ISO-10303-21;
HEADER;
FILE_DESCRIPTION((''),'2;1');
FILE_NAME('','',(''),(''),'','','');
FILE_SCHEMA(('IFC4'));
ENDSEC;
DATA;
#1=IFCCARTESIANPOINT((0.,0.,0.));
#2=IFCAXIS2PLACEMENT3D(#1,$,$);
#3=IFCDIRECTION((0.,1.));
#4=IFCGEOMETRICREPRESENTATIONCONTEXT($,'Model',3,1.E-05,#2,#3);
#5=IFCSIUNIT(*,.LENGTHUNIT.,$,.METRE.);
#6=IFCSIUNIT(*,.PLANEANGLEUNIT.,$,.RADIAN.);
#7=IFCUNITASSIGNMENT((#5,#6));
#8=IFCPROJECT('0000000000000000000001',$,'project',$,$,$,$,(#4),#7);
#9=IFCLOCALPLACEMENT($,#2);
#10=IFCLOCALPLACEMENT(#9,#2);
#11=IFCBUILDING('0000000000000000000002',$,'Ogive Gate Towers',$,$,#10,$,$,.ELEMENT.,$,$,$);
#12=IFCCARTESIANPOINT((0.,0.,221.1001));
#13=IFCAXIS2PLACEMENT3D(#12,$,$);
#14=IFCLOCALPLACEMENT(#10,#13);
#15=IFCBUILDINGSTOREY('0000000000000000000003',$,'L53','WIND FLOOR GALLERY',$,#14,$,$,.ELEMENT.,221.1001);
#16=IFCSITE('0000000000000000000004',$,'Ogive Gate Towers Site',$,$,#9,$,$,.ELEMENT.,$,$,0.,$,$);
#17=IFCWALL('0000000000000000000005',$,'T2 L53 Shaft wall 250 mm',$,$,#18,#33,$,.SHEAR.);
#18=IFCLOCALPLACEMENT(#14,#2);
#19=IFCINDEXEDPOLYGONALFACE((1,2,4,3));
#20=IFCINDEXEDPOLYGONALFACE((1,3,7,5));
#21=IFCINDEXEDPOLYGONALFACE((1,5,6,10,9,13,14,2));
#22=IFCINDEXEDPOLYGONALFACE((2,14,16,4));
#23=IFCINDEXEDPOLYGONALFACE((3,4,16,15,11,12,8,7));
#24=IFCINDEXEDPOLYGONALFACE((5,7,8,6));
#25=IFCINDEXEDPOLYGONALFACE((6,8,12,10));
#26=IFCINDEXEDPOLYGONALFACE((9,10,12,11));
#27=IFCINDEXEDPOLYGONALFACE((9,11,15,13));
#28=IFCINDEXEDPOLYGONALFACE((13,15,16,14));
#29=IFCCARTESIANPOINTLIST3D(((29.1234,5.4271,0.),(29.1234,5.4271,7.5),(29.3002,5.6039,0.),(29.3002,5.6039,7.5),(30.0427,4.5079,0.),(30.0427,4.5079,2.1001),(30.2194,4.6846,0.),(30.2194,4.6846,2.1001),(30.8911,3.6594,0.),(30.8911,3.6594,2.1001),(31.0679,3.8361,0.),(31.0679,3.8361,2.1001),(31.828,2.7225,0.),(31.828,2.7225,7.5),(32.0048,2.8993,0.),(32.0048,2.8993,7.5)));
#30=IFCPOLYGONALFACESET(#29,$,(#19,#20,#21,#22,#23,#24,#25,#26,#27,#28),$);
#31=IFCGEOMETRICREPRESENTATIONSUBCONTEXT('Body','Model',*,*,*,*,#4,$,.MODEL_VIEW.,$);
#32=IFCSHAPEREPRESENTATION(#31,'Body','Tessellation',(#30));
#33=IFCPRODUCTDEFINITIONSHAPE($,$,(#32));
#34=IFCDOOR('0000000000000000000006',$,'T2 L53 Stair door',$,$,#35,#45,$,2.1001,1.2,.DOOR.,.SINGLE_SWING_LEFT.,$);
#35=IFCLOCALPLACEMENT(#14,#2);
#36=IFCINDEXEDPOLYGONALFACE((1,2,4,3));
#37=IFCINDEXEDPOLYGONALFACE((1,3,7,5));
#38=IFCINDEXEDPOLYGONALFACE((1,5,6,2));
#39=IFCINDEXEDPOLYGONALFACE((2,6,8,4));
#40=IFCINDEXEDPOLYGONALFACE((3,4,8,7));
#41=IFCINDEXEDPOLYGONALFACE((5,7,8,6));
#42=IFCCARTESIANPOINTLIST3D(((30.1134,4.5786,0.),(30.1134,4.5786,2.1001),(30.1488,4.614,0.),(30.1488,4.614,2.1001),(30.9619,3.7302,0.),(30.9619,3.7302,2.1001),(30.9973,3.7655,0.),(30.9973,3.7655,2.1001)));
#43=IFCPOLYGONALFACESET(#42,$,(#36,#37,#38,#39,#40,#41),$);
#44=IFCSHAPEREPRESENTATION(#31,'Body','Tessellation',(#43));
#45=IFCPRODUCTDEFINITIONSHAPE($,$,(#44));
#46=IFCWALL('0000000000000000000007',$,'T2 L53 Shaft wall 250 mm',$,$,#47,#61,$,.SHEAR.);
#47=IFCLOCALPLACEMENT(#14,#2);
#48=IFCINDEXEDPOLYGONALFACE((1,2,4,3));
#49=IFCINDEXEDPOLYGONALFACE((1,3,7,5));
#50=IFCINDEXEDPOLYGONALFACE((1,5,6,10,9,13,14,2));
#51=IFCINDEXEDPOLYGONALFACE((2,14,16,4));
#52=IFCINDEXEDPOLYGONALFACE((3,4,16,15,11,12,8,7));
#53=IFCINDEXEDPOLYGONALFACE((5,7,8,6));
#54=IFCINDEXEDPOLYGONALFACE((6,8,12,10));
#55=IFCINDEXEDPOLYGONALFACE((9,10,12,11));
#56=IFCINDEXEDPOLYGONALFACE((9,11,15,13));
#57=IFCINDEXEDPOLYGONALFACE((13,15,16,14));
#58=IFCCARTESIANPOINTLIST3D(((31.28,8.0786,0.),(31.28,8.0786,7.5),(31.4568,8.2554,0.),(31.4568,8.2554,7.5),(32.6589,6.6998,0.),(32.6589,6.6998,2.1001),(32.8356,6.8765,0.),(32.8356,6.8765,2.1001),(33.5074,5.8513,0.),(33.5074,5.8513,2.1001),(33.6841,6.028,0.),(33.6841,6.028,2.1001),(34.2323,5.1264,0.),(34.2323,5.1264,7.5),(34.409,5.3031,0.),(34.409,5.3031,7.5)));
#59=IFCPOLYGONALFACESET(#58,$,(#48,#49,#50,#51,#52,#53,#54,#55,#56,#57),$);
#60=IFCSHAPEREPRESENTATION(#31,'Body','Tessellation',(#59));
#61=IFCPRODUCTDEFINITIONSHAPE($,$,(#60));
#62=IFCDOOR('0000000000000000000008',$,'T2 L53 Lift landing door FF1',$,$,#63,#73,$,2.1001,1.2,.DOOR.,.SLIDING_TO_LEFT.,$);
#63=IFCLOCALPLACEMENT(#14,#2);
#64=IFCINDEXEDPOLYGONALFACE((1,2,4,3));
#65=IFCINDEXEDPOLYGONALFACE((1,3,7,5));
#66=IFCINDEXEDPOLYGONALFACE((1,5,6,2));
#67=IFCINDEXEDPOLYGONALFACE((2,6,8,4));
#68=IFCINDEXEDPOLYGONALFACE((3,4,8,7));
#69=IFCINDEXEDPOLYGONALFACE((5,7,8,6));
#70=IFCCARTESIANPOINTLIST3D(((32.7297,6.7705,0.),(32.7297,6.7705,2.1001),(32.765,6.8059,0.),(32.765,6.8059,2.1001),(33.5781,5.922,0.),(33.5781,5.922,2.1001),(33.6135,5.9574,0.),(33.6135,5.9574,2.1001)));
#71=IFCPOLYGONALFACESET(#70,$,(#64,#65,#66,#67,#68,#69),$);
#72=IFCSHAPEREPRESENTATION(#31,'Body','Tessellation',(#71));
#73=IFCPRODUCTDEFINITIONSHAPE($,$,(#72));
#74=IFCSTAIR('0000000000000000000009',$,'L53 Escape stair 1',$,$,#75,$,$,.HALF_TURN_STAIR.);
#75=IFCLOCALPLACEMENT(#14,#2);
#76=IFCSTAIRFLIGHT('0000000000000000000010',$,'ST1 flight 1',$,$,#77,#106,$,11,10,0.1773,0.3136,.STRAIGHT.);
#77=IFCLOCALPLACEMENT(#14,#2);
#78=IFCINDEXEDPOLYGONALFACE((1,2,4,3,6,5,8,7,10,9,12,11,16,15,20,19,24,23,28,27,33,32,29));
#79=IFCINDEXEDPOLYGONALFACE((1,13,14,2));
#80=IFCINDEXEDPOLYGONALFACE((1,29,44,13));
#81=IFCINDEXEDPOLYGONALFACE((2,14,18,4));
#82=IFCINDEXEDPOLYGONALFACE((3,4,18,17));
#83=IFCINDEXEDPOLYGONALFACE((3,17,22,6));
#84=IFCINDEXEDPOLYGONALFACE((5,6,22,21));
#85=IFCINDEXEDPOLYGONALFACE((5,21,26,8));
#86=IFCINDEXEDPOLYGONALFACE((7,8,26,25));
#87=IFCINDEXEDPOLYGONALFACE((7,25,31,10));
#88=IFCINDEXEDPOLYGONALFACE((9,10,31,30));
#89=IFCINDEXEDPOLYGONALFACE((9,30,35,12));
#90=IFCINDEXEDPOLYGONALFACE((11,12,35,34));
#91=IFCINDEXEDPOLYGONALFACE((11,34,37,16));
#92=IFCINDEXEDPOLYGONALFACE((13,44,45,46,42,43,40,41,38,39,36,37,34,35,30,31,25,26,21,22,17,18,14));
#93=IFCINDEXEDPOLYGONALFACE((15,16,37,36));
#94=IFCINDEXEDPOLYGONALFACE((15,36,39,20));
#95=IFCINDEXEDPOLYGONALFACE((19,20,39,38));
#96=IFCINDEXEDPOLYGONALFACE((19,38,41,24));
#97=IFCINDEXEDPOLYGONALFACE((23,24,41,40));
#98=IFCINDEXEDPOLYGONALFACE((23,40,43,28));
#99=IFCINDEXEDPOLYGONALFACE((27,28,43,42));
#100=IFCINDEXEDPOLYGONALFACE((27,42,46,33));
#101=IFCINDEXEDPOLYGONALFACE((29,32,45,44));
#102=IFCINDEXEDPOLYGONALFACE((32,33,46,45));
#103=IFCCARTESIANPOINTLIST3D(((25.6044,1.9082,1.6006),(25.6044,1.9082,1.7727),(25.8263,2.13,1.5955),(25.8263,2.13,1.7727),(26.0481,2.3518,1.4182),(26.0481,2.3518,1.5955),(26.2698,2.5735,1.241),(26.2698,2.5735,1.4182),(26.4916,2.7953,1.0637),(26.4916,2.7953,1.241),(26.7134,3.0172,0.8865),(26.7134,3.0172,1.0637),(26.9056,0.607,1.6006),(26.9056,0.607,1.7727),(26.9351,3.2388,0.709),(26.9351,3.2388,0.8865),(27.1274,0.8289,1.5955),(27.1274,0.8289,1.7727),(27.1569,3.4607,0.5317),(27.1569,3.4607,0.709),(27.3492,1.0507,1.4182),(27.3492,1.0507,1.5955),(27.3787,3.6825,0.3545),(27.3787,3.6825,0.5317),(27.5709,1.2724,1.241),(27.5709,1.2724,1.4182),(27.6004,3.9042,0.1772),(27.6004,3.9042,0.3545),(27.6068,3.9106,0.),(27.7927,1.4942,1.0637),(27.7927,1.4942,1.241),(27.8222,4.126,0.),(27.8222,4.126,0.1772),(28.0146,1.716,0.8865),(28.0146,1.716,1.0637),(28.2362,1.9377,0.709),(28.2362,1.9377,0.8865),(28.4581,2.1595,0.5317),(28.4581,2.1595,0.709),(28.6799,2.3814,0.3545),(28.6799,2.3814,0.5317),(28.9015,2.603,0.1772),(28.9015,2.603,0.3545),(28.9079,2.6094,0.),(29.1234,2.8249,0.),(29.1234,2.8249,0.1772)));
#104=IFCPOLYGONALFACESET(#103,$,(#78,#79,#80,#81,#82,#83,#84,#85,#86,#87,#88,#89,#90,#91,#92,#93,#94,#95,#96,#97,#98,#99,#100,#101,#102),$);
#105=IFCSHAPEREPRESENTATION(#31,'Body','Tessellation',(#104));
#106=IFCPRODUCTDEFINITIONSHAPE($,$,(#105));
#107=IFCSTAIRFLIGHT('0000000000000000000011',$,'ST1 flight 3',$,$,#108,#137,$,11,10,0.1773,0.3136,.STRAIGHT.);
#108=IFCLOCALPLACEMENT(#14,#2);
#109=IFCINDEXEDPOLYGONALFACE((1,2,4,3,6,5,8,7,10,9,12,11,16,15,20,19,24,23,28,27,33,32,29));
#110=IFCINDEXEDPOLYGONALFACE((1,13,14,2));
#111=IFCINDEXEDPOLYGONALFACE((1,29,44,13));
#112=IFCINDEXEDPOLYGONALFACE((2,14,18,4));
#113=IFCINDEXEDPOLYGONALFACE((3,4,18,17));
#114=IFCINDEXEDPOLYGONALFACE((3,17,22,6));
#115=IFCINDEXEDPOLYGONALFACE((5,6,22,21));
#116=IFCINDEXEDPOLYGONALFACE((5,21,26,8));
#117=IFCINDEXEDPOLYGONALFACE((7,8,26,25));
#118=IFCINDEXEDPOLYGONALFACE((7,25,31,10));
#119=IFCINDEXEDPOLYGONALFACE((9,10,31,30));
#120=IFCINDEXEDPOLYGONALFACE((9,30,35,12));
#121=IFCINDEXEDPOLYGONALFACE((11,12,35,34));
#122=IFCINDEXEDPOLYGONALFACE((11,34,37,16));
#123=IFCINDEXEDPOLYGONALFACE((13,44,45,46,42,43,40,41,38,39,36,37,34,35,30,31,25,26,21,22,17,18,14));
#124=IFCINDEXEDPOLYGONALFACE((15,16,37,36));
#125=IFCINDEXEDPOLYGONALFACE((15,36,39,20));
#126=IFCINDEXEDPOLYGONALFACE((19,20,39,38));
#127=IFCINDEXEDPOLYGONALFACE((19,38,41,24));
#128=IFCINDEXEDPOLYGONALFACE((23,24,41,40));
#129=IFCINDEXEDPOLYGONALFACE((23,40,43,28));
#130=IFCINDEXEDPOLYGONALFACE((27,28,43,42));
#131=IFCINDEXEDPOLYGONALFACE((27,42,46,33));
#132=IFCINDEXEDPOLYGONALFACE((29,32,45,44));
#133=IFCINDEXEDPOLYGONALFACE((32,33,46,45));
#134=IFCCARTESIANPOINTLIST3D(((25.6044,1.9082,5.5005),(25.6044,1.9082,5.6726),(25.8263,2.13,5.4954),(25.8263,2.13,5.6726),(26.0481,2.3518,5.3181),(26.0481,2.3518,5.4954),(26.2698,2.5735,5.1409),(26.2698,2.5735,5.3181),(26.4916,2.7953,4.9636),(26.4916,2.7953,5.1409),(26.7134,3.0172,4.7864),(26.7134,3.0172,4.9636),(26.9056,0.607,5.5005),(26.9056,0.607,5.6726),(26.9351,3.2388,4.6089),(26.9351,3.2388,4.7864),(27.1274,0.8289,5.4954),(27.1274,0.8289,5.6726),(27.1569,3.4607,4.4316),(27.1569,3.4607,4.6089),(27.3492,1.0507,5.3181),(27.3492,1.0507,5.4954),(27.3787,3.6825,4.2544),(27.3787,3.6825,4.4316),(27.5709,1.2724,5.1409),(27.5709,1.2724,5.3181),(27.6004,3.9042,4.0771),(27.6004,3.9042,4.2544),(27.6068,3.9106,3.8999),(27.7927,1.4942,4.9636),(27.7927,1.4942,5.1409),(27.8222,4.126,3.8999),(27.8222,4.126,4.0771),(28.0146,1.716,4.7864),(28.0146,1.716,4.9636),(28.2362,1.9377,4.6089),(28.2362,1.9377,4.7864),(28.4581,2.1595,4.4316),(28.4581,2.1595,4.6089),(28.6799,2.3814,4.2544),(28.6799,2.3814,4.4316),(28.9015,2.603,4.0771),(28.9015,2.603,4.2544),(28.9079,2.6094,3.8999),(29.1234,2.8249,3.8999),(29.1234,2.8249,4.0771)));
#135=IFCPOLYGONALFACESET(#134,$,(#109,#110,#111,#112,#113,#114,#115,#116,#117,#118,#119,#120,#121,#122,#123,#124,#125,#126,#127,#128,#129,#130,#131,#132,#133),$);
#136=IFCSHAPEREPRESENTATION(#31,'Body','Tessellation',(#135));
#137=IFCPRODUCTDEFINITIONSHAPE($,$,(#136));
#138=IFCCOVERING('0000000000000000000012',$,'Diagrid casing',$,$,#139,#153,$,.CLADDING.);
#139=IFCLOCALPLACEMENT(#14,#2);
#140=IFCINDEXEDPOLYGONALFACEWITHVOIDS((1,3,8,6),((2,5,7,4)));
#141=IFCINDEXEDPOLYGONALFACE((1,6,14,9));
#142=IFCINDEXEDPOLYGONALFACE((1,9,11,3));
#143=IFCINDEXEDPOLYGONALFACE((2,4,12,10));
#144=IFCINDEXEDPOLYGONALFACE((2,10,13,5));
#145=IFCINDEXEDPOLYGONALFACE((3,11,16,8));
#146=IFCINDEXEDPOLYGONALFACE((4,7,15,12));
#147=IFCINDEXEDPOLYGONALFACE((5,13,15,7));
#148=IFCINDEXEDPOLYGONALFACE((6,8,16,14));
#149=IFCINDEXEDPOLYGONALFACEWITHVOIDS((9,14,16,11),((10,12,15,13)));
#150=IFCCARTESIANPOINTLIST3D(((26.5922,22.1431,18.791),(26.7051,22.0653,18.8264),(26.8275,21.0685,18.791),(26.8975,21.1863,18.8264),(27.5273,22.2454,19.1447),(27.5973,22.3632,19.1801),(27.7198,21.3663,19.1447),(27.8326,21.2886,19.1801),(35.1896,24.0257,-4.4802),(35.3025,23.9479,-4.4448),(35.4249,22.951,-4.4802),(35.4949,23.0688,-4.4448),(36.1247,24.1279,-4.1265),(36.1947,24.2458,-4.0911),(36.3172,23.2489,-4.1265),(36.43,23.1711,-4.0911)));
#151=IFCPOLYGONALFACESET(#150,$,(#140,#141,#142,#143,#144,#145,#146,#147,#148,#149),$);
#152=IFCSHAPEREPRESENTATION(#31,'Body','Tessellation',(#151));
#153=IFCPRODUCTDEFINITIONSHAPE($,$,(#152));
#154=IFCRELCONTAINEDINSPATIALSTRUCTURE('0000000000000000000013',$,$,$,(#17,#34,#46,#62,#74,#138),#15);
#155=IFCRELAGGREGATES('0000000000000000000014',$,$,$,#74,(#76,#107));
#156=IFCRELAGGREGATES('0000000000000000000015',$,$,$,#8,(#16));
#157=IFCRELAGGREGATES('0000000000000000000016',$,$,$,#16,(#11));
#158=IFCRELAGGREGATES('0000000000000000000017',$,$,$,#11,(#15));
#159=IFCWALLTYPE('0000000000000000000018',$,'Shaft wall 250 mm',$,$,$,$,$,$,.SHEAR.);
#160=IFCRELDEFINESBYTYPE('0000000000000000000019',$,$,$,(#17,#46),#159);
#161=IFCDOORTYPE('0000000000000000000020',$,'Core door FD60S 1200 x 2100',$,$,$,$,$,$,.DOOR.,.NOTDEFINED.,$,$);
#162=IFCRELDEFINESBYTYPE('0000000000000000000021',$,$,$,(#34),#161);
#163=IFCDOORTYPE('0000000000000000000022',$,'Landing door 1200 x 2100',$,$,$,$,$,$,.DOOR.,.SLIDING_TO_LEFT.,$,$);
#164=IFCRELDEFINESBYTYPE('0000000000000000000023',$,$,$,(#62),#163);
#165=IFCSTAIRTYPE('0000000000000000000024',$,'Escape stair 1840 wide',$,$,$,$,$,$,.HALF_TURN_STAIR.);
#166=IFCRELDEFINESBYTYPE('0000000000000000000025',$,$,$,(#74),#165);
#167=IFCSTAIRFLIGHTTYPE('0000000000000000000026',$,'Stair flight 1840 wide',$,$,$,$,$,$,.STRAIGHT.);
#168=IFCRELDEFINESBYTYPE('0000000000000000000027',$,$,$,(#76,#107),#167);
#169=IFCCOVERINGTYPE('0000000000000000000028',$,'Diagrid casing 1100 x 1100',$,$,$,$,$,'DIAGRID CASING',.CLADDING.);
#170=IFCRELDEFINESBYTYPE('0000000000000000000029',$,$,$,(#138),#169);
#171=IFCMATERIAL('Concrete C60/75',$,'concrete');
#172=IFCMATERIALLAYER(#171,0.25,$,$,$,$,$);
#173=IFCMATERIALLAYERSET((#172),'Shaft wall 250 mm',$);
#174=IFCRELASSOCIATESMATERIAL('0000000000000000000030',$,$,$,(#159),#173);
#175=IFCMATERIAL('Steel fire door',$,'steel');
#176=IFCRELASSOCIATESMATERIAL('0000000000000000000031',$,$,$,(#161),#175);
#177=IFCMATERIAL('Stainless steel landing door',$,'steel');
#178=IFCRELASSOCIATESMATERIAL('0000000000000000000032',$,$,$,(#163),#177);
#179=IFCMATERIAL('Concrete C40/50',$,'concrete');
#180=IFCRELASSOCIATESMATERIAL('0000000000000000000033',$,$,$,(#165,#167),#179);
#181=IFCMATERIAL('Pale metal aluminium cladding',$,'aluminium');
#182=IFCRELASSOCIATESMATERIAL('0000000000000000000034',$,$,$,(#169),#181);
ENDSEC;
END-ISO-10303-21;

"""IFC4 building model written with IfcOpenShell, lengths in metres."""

from ifc_helpers import new_model, si_unit, direction, frame, frame_2d, origin, origin_2d, place, context, subcontext, project, spatial, polyline, rectangle, hollow_rectangle, outline, extrude, material, layer, layer_set, material_profile, profile_set, type_object, element, fill, aggregate, save


model = new_model("IFC4")

# Units and contexts
model_context = context("Model", 3, precision=1e-05, world=origin(), true_north=direction((0.0, 1.0)))
body_context = subcontext(model_context, "Body", "Model", "MODEL_VIEW")
ifc_project = project(units=[si_unit("LENGTHUNIT", "METRE"), si_unit("PLANEANGLEUNIT", "RADIAN")], contexts=[model_context])

# Site, building, storey
site_placement = place(None, origin())
site = spatial("IfcSite", under=ifc_project, at=site_placement, Name="Ogive Gate Towers Site", CompositionType="ELEMENT", RefElevation=0.0)
building_placement = place(site_placement, origin())
building = spatial("IfcBuilding", under=site, at=building_placement, Name="Ogive Gate Towers", CompositionType="ELEMENT")
storey_placement = place(building_placement, frame((0.0, 0.0, 221.1001)))
storey = spatial("IfcBuildingStorey", under=building, at=storey_placement, Name="L53", Description="WIND FLOOR GALLERY", CompositionType="ELEMENT", Elevation=221.1001)

# Shared definitions
ifc_material_1 = material(Name="Concrete C40/50", Category="concrete")

# Shared definitions
ifc_material_2 = material(Name="Concrete C60/75", Category="concrete")
ifc_layer = layer(ifc_material_2, 0.25)
ifc_layer_set = layer_set([ifc_layer], Name="Shaft wall 250 mm")
wall_type = type_object("IfcWallType", Name="Shaft wall 250 mm", PredefinedType="SHEAR", material=ifc_layer_set)

# Walls, openings, doors
wall_1_placement = place(storey_placement, frame((31.9165, 2.8108, 0.0), z_axis=(0.0, 0.0, 1.0), x_axis=(-0.707107, 0.707107, 0.0)))
wall_1 = element("IfcWall", 1, at=wall_1_placement, inside=storey, type_object=wall_type, Name="T2 L53 Shaft wall 250 mm", PredefinedType="SHEAR", context=body_context, shape_type="SweptSolid", body=[
    extrude(rectangle(XDim=3.825, YDim=0.25, at=frame_2d((1.9126, 0.0))), origin(), (0.0, 0.0, 1.0), 7.5),
])
opening_1_placement = place(wall_1_placement, frame((1.325, 0.0, 0.0)))
opening_1 = element("IfcOpeningElement", 2, at=opening_1_placement, cuts=wall_1, PredefinedType="OPENING", context=body_context, shape_type="SweptSolid", body=[
    extrude(rectangle(XDim=1.2, YDim=2.1001, at=frame_2d((0.6001, 1.05))), frame((0.0, 0.135, 0.0), z_axis=(0.0, -1.0, 0.0), x_axis=(1.0, 0.0, 0.0)), (0.0, 0.0, 1.0), 0.27),
])
ifc_material_3 = material(Name="Steel fire door", Category="steel")
door_type_1 = type_object("IfcDoorType", Name="Core door FD60S 1200 x 2100", OperationType="NOTDEFINED", PredefinedType="DOOR", material=ifc_material_3)
door_1_placement = place(opening_1_placement, origin())
door_1 = element("IfcDoor", 3, at=door_1_placement, inside=storey, type_object=door_type_1, Name="T2 L53 Stair door", OperationType="SINGLE_SWING_LEFT", OverallHeight=2.1001, OverallWidth=1.2, PredefinedType="DOOR", context=body_context, shape_type="SweptSolid", body=[
    extrude(rectangle(XDim=1.2, YDim=2.1001, at=frame_2d((0.6001, 1.05))), frame((0.0, 0.0249, 0.0), z_axis=(0.0, -1.0, 0.0), x_axis=(1.0, 0.0, 0.0)), (0.0, 0.0, 1.0), 0.05),
])
fill(opening_1, door_1)
wall_2_placement = place(storey_placement, frame((34.3206, 5.2148, 0.0), z_axis=(0.0, 0.0, 1.0), x_axis=(-0.707107, 0.707107, 0.0)))
wall_2 = element("IfcWall", 4, at=wall_2_placement, inside=storey, type_object=wall_type, Name="T2 L53 Shaft wall 250 mm", PredefinedType="SHEAR", context=body_context, shape_type="SweptSolid", body=[
    extrude(rectangle(XDim=4.175, YDim=0.25, at=frame_2d((2.0874, 0.0))), origin(), (0.0, 0.0, 1.0), 7.5),
])
opening_2_placement = place(wall_2_placement, frame((1.0249, 0.0, 0.0)))
opening_2 = element("IfcOpeningElement", 5, at=opening_2_placement, cuts=wall_2, PredefinedType="OPENING", context=body_context, shape_type="SweptSolid", body=[
    extrude(rectangle(XDim=1.2, YDim=2.1001, at=frame_2d((0.6001, 1.05))), frame((0.0, 0.135, 0.0), z_axis=(0.0, -1.0, 0.0), x_axis=(1.0, 0.0, 0.0)), (0.0, 0.0, 1.0), 0.27),
])
ifc_material_4 = material(Name="Stainless steel landing door", Category="steel")
door_type_2 = type_object("IfcDoorType", Name="Landing door 1200 x 2100", OperationType="SLIDING_TO_LEFT", PredefinedType="DOOR", material=ifc_material_4)
door_2_placement = place(opening_2_placement, origin())
door_2 = element("IfcDoor", 6, at=door_2_placement, inside=storey, type_object=door_type_2, Name="T2 L53 Lift landing door FF1", OperationType="SLIDING_TO_LEFT", OverallHeight=2.1001, OverallWidth=1.2, PredefinedType="DOOR", context=body_context, shape_type="SweptSolid", body=[
    extrude(rectangle(XDim=1.2, YDim=2.1001, at=frame_2d((0.6001, 1.05))), frame((0.0, 0.0249, 0.0), z_axis=(0.0, -1.0, 0.0), x_axis=(1.0, 0.0, 0.0)), (0.0, 0.0, 1.0), 0.05),
])
fill(opening_2, door_2)

# Stair, stair flights
stair_type = type_object("IfcStairType", Name="Escape stair 1840 wide", PredefinedType="HALF_TURN_STAIR", material=ifc_material_1)
stair_placement = place(storey_placement, origin())
stair = element("IfcStair", 7, at=stair_placement, inside=storey, type_object=stair_type, Name="L53 Escape stair 1", PredefinedType="HALF_TURN_STAIR")
stair_flight_type = type_object("IfcStairFlightType", Name="Stair flight 1840 wide", PredefinedType="STRAIGHT", material=ifc_material_1)
stair_flight_1_placement = place(storey_placement, frame((28.4729, 3.4753, 0.0), z_axis=(0.0, 0.0, 1.0), x_axis=(-0.707107, -0.707107, 0.0)))
stair_flight_1 = element("IfcStairFlight", 8, at=stair_flight_1_placement, type_object=stair_flight_type, Name="ST1 flight 1", NumberOfRisers=11, NumberOfTreads=10, PredefinedType="STRAIGHT", RiserHeight=0.1773, TreadLength=0.3136, context=body_context, shape_type="SweptSolid", body=[
    extrude(outline(polyline([(0.0, 0.0), (0.0, 0.1772), (0.3137, 0.1772), (0.3137, 0.3545), (0.6272, 0.3545), (0.6272, 0.5317), (0.9409, 0.5317), (0.9409, 0.709), (1.2546, 0.709), (1.2546, 0.8865), (1.5681, 0.8865), (1.5681, 1.0637), (1.8818, 1.0637), (1.8818, 1.241), (2.1956, 1.241), (2.1956, 1.4182), (2.509, 1.4182), (2.509, 1.5955), (2.8228, 1.5955), (2.8228, 1.7727), (3.1365, 1.7727), (3.1365, 1.95), (3.1365, 1.6006), (0.3047, 0.0), (0.0, 0.0)])), frame((0.0, 0.9199, 0.0), z_axis=(0.0, -1.0, 0.0), x_axis=(1.0, 0.0, 0.0)), (0.0, 0.0, 1.0), 1.8401),
])
stair_flight_2_placement = place(storey_placement, frame((28.4729, 3.4753, 3.8999), z_axis=(0.0, 0.0, 1.0), x_axis=(-0.707107, -0.707107, 0.0)))
stair_flight_2 = element("IfcStairFlight", 9, at=stair_flight_2_placement, type_object=stair_flight_type, Name="ST1 flight 3", NumberOfRisers=11, NumberOfTreads=10, PredefinedType="STRAIGHT", RiserHeight=0.1773, TreadLength=0.3136, context=body_context, shape_type="SweptSolid", body=[
    extrude(outline(polyline([(0.0, 0.0), (0.0, 0.1772), (0.3137, 0.1772), (0.3137, 0.3545), (0.6272, 0.3545), (0.6272, 0.5317), (0.9409, 0.5317), (0.9409, 0.709), (1.2546, 0.709), (1.2546, 0.8865), (1.5681, 0.8865), (1.5681, 1.0637), (1.8818, 1.0637), (1.8818, 1.241), (2.1956, 1.241), (2.1956, 1.4182), (2.509, 1.4182), (2.509, 1.5955), (2.8228, 1.5955), (2.8228, 1.7727), (3.1365, 1.7727), (3.1365, 1.95), (3.1365, 1.6006), (0.3047, 0.0), (0.0, 0.0)])), frame((0.0, 0.9199, 0.0), z_axis=(0.0, -1.0, 0.0), x_axis=(1.0, 0.0, 0.0)), (0.0, 0.0, 1.0), 1.8401),
])
aggregate(stair, [stair_flight_1, stair_flight_2])

# Covering
ifc_material_5 = material(Name="Pale metal aluminium cladding", Category="aluminium")
ifc_material_profile_1 = material_profile(ifc_material_5, hollow_rectangle(XDim=1.1001, YDim=1.1001, WallThickness=0.1001, at=origin_2d()), Name="1100 x 1100 pale metal casing")
ifc_profile_set_1 = profile_set([ifc_material_profile_1], Name="Pale metal aluminium cladding")
covering_type = type_object("IfcCoveringType", Name="Diagrid casing 1100 x 1100", ElementType="DIAGRID CASING", PredefinedType="CLADDING", material=ifc_profile_set_1)
covering_placement = place(storey_placement, frame((35.8098, 23.5984, -4.2856), z_axis=(-0.345556, -0.075666, 0.935342), x_axis=(0.213901, -0.976855, 0.0)))
element("IfcCovering", 10, at=covering_placement, inside=storey, type_object=covering_type, Name="Diagrid casing", PredefinedType="CLADDING", context=body_context, shape_type="SweptSolid", body=[
    extrude(hollow_rectangle(XDim=1.1001, YDim=1.1001, WallThickness=0.1001, at=origin_2d()), origin(), (0.0, 0.0, 1.0), 24.8799),
])

save(model, "model.ifc")
